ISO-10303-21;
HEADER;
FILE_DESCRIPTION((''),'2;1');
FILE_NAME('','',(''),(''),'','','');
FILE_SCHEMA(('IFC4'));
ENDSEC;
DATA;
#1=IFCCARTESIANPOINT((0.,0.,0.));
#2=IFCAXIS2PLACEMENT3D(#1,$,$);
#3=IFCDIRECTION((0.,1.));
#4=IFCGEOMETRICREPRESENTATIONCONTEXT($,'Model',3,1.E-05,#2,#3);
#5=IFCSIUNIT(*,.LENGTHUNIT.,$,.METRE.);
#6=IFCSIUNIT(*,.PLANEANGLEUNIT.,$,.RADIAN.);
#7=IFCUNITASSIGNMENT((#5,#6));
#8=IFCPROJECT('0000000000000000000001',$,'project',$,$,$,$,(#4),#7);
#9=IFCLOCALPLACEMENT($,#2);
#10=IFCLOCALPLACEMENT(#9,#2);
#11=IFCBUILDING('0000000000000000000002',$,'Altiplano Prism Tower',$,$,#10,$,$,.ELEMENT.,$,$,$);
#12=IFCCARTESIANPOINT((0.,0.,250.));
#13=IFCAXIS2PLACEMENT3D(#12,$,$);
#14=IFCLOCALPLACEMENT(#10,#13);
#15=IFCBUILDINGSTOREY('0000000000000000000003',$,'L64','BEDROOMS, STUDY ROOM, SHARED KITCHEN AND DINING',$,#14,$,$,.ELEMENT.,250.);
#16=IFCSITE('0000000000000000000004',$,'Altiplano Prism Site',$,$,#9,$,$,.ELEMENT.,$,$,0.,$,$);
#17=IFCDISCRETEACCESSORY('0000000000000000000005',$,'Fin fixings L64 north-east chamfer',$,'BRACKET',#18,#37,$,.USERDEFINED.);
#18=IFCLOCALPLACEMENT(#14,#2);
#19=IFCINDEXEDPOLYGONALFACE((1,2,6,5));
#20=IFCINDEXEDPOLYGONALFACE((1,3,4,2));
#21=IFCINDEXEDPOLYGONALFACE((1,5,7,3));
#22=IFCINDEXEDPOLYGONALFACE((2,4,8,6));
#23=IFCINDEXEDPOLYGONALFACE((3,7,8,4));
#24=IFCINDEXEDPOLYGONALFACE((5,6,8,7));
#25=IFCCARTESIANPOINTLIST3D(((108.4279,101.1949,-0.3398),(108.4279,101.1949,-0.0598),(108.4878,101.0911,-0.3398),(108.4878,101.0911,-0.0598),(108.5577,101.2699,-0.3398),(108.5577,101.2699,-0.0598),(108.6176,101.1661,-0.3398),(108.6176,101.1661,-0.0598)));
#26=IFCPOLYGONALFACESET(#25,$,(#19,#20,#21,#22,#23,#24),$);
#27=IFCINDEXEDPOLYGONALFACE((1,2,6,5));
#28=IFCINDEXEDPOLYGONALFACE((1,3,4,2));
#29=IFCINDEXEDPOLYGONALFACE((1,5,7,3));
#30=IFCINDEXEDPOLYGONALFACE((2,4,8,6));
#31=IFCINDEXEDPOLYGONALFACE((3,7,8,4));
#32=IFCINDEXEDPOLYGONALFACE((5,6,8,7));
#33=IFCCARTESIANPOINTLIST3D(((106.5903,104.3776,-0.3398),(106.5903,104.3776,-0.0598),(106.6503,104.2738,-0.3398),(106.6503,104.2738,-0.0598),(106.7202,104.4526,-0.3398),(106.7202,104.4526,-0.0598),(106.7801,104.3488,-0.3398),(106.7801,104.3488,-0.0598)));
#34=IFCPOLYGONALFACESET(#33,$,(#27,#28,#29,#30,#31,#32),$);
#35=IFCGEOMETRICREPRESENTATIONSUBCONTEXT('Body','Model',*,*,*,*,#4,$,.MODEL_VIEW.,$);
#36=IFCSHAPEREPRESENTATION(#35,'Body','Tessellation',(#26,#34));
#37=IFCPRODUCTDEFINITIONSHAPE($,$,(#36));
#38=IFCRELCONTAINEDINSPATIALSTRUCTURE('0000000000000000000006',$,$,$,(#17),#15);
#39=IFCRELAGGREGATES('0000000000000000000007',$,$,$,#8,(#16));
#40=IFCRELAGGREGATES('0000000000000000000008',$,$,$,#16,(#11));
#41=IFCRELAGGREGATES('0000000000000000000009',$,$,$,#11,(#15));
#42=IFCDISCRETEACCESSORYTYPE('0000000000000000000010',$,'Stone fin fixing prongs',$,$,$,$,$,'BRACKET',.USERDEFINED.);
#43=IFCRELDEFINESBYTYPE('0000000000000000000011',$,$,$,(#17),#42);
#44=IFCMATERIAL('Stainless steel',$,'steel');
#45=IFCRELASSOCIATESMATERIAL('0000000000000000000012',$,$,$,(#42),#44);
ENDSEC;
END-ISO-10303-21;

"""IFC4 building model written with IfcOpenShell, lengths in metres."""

from ifc_helpers import new_model, si_unit, direction, frame, origin, place, context, subcontext, project, spatial, polyline, outline, extrude, source, transform, mapped, material, type_object, element, save


model = new_model("IFC4")

# Units and contexts
model_context = context("Model", 3, precision=1e-05, world=origin(), true_north=direction((0.0, 1.0)))
body_context = subcontext(model_context, "Body", "Model", "MODEL_VIEW")
ifc_project = project(units=[si_unit("LENGTHUNIT", "METRE"), si_unit("PLANEANGLEUNIT", "RADIAN")], contexts=[model_context])

# Site, building, storey
site_placement = place(None, origin())
site = spatial("IfcSite", under=ifc_project, at=site_placement, Name="Altiplano Prism Site", CompositionType="ELEMENT", RefElevation=0.0)
building_placement = place(site_placement, origin())
building = spatial("IfcBuilding", under=site, at=building_placement, Name="Altiplano Prism Tower", CompositionType="ELEMENT")
storey_placement = place(building_placement, frame((0.0, 0.0, 250.0)))
storey = spatial("IfcBuildingStorey", under=building, at=storey_placement, Name="L64", Description="BEDROOMS, STUDY ROOM, SHARED KITCHEN AND DINING", CompositionType="ELEMENT", Elevation=250.0)

# Discrete accessory
ifc_material_1 = material(Name="Stainless steel", Category="steel")
discrete_accessory_type = type_object("IfcDiscreteAccessoryType", Name="Stone fin fixing prongs", ElementType="BRACKET", PredefinedType="USERDEFINED", material=ifc_material_1)
shared_shape_1 = source(origin(), body_context, "Body", "SweptSolid", [
    extrude(outline(polyline([(-1.8975, 0.0601), (-1.7776, 0.0601), (-1.7776, 0.3401), (-1.8975, 0.3401), (-1.8975, 0.0601)])), frame((0.0, 0.0, 0.0), z_axis=(0.0, -1.0, 0.0), x_axis=(1.0, 0.0, 0.0)), (0.0, 0.0, 1.0), 0.1499),
    extrude(outline(polyline([(1.7776, 0.0601), (1.8975, 0.0601), (1.8975, 0.3401), (1.7776, 0.3401), (1.7776, 0.0601)])), frame((0.0, 0.0, 0.0), z_axis=(0.0, -1.0, 0.0), x_axis=(1.0, 0.0, 0.0)), (0.0, 0.0, 1.0), 0.1499),
])
discrete_accessory_1_placement = place(storey_placement, origin())
element("IfcDiscreteAccessory", 1, at=discrete_accessory_1_placement, inside=storey, type_object=discrete_accessory_type, Name="Fin fixings L64 north-east chamfer", ObjectType="BRACKET", PredefinedType="USERDEFINED", context=body_context, shape_type="MappedRepresentation", body=[
    mapped(shared_shape_1, transform((107.5391, 102.7344, -0.3999), x_axis=(-0.5, 0.866025, 0.0), y_axis=(-0.866025, -0.5, 0.0), z_axis=(0.0, 0.0, 1.0))),
])

save(model, "model.ifc")
